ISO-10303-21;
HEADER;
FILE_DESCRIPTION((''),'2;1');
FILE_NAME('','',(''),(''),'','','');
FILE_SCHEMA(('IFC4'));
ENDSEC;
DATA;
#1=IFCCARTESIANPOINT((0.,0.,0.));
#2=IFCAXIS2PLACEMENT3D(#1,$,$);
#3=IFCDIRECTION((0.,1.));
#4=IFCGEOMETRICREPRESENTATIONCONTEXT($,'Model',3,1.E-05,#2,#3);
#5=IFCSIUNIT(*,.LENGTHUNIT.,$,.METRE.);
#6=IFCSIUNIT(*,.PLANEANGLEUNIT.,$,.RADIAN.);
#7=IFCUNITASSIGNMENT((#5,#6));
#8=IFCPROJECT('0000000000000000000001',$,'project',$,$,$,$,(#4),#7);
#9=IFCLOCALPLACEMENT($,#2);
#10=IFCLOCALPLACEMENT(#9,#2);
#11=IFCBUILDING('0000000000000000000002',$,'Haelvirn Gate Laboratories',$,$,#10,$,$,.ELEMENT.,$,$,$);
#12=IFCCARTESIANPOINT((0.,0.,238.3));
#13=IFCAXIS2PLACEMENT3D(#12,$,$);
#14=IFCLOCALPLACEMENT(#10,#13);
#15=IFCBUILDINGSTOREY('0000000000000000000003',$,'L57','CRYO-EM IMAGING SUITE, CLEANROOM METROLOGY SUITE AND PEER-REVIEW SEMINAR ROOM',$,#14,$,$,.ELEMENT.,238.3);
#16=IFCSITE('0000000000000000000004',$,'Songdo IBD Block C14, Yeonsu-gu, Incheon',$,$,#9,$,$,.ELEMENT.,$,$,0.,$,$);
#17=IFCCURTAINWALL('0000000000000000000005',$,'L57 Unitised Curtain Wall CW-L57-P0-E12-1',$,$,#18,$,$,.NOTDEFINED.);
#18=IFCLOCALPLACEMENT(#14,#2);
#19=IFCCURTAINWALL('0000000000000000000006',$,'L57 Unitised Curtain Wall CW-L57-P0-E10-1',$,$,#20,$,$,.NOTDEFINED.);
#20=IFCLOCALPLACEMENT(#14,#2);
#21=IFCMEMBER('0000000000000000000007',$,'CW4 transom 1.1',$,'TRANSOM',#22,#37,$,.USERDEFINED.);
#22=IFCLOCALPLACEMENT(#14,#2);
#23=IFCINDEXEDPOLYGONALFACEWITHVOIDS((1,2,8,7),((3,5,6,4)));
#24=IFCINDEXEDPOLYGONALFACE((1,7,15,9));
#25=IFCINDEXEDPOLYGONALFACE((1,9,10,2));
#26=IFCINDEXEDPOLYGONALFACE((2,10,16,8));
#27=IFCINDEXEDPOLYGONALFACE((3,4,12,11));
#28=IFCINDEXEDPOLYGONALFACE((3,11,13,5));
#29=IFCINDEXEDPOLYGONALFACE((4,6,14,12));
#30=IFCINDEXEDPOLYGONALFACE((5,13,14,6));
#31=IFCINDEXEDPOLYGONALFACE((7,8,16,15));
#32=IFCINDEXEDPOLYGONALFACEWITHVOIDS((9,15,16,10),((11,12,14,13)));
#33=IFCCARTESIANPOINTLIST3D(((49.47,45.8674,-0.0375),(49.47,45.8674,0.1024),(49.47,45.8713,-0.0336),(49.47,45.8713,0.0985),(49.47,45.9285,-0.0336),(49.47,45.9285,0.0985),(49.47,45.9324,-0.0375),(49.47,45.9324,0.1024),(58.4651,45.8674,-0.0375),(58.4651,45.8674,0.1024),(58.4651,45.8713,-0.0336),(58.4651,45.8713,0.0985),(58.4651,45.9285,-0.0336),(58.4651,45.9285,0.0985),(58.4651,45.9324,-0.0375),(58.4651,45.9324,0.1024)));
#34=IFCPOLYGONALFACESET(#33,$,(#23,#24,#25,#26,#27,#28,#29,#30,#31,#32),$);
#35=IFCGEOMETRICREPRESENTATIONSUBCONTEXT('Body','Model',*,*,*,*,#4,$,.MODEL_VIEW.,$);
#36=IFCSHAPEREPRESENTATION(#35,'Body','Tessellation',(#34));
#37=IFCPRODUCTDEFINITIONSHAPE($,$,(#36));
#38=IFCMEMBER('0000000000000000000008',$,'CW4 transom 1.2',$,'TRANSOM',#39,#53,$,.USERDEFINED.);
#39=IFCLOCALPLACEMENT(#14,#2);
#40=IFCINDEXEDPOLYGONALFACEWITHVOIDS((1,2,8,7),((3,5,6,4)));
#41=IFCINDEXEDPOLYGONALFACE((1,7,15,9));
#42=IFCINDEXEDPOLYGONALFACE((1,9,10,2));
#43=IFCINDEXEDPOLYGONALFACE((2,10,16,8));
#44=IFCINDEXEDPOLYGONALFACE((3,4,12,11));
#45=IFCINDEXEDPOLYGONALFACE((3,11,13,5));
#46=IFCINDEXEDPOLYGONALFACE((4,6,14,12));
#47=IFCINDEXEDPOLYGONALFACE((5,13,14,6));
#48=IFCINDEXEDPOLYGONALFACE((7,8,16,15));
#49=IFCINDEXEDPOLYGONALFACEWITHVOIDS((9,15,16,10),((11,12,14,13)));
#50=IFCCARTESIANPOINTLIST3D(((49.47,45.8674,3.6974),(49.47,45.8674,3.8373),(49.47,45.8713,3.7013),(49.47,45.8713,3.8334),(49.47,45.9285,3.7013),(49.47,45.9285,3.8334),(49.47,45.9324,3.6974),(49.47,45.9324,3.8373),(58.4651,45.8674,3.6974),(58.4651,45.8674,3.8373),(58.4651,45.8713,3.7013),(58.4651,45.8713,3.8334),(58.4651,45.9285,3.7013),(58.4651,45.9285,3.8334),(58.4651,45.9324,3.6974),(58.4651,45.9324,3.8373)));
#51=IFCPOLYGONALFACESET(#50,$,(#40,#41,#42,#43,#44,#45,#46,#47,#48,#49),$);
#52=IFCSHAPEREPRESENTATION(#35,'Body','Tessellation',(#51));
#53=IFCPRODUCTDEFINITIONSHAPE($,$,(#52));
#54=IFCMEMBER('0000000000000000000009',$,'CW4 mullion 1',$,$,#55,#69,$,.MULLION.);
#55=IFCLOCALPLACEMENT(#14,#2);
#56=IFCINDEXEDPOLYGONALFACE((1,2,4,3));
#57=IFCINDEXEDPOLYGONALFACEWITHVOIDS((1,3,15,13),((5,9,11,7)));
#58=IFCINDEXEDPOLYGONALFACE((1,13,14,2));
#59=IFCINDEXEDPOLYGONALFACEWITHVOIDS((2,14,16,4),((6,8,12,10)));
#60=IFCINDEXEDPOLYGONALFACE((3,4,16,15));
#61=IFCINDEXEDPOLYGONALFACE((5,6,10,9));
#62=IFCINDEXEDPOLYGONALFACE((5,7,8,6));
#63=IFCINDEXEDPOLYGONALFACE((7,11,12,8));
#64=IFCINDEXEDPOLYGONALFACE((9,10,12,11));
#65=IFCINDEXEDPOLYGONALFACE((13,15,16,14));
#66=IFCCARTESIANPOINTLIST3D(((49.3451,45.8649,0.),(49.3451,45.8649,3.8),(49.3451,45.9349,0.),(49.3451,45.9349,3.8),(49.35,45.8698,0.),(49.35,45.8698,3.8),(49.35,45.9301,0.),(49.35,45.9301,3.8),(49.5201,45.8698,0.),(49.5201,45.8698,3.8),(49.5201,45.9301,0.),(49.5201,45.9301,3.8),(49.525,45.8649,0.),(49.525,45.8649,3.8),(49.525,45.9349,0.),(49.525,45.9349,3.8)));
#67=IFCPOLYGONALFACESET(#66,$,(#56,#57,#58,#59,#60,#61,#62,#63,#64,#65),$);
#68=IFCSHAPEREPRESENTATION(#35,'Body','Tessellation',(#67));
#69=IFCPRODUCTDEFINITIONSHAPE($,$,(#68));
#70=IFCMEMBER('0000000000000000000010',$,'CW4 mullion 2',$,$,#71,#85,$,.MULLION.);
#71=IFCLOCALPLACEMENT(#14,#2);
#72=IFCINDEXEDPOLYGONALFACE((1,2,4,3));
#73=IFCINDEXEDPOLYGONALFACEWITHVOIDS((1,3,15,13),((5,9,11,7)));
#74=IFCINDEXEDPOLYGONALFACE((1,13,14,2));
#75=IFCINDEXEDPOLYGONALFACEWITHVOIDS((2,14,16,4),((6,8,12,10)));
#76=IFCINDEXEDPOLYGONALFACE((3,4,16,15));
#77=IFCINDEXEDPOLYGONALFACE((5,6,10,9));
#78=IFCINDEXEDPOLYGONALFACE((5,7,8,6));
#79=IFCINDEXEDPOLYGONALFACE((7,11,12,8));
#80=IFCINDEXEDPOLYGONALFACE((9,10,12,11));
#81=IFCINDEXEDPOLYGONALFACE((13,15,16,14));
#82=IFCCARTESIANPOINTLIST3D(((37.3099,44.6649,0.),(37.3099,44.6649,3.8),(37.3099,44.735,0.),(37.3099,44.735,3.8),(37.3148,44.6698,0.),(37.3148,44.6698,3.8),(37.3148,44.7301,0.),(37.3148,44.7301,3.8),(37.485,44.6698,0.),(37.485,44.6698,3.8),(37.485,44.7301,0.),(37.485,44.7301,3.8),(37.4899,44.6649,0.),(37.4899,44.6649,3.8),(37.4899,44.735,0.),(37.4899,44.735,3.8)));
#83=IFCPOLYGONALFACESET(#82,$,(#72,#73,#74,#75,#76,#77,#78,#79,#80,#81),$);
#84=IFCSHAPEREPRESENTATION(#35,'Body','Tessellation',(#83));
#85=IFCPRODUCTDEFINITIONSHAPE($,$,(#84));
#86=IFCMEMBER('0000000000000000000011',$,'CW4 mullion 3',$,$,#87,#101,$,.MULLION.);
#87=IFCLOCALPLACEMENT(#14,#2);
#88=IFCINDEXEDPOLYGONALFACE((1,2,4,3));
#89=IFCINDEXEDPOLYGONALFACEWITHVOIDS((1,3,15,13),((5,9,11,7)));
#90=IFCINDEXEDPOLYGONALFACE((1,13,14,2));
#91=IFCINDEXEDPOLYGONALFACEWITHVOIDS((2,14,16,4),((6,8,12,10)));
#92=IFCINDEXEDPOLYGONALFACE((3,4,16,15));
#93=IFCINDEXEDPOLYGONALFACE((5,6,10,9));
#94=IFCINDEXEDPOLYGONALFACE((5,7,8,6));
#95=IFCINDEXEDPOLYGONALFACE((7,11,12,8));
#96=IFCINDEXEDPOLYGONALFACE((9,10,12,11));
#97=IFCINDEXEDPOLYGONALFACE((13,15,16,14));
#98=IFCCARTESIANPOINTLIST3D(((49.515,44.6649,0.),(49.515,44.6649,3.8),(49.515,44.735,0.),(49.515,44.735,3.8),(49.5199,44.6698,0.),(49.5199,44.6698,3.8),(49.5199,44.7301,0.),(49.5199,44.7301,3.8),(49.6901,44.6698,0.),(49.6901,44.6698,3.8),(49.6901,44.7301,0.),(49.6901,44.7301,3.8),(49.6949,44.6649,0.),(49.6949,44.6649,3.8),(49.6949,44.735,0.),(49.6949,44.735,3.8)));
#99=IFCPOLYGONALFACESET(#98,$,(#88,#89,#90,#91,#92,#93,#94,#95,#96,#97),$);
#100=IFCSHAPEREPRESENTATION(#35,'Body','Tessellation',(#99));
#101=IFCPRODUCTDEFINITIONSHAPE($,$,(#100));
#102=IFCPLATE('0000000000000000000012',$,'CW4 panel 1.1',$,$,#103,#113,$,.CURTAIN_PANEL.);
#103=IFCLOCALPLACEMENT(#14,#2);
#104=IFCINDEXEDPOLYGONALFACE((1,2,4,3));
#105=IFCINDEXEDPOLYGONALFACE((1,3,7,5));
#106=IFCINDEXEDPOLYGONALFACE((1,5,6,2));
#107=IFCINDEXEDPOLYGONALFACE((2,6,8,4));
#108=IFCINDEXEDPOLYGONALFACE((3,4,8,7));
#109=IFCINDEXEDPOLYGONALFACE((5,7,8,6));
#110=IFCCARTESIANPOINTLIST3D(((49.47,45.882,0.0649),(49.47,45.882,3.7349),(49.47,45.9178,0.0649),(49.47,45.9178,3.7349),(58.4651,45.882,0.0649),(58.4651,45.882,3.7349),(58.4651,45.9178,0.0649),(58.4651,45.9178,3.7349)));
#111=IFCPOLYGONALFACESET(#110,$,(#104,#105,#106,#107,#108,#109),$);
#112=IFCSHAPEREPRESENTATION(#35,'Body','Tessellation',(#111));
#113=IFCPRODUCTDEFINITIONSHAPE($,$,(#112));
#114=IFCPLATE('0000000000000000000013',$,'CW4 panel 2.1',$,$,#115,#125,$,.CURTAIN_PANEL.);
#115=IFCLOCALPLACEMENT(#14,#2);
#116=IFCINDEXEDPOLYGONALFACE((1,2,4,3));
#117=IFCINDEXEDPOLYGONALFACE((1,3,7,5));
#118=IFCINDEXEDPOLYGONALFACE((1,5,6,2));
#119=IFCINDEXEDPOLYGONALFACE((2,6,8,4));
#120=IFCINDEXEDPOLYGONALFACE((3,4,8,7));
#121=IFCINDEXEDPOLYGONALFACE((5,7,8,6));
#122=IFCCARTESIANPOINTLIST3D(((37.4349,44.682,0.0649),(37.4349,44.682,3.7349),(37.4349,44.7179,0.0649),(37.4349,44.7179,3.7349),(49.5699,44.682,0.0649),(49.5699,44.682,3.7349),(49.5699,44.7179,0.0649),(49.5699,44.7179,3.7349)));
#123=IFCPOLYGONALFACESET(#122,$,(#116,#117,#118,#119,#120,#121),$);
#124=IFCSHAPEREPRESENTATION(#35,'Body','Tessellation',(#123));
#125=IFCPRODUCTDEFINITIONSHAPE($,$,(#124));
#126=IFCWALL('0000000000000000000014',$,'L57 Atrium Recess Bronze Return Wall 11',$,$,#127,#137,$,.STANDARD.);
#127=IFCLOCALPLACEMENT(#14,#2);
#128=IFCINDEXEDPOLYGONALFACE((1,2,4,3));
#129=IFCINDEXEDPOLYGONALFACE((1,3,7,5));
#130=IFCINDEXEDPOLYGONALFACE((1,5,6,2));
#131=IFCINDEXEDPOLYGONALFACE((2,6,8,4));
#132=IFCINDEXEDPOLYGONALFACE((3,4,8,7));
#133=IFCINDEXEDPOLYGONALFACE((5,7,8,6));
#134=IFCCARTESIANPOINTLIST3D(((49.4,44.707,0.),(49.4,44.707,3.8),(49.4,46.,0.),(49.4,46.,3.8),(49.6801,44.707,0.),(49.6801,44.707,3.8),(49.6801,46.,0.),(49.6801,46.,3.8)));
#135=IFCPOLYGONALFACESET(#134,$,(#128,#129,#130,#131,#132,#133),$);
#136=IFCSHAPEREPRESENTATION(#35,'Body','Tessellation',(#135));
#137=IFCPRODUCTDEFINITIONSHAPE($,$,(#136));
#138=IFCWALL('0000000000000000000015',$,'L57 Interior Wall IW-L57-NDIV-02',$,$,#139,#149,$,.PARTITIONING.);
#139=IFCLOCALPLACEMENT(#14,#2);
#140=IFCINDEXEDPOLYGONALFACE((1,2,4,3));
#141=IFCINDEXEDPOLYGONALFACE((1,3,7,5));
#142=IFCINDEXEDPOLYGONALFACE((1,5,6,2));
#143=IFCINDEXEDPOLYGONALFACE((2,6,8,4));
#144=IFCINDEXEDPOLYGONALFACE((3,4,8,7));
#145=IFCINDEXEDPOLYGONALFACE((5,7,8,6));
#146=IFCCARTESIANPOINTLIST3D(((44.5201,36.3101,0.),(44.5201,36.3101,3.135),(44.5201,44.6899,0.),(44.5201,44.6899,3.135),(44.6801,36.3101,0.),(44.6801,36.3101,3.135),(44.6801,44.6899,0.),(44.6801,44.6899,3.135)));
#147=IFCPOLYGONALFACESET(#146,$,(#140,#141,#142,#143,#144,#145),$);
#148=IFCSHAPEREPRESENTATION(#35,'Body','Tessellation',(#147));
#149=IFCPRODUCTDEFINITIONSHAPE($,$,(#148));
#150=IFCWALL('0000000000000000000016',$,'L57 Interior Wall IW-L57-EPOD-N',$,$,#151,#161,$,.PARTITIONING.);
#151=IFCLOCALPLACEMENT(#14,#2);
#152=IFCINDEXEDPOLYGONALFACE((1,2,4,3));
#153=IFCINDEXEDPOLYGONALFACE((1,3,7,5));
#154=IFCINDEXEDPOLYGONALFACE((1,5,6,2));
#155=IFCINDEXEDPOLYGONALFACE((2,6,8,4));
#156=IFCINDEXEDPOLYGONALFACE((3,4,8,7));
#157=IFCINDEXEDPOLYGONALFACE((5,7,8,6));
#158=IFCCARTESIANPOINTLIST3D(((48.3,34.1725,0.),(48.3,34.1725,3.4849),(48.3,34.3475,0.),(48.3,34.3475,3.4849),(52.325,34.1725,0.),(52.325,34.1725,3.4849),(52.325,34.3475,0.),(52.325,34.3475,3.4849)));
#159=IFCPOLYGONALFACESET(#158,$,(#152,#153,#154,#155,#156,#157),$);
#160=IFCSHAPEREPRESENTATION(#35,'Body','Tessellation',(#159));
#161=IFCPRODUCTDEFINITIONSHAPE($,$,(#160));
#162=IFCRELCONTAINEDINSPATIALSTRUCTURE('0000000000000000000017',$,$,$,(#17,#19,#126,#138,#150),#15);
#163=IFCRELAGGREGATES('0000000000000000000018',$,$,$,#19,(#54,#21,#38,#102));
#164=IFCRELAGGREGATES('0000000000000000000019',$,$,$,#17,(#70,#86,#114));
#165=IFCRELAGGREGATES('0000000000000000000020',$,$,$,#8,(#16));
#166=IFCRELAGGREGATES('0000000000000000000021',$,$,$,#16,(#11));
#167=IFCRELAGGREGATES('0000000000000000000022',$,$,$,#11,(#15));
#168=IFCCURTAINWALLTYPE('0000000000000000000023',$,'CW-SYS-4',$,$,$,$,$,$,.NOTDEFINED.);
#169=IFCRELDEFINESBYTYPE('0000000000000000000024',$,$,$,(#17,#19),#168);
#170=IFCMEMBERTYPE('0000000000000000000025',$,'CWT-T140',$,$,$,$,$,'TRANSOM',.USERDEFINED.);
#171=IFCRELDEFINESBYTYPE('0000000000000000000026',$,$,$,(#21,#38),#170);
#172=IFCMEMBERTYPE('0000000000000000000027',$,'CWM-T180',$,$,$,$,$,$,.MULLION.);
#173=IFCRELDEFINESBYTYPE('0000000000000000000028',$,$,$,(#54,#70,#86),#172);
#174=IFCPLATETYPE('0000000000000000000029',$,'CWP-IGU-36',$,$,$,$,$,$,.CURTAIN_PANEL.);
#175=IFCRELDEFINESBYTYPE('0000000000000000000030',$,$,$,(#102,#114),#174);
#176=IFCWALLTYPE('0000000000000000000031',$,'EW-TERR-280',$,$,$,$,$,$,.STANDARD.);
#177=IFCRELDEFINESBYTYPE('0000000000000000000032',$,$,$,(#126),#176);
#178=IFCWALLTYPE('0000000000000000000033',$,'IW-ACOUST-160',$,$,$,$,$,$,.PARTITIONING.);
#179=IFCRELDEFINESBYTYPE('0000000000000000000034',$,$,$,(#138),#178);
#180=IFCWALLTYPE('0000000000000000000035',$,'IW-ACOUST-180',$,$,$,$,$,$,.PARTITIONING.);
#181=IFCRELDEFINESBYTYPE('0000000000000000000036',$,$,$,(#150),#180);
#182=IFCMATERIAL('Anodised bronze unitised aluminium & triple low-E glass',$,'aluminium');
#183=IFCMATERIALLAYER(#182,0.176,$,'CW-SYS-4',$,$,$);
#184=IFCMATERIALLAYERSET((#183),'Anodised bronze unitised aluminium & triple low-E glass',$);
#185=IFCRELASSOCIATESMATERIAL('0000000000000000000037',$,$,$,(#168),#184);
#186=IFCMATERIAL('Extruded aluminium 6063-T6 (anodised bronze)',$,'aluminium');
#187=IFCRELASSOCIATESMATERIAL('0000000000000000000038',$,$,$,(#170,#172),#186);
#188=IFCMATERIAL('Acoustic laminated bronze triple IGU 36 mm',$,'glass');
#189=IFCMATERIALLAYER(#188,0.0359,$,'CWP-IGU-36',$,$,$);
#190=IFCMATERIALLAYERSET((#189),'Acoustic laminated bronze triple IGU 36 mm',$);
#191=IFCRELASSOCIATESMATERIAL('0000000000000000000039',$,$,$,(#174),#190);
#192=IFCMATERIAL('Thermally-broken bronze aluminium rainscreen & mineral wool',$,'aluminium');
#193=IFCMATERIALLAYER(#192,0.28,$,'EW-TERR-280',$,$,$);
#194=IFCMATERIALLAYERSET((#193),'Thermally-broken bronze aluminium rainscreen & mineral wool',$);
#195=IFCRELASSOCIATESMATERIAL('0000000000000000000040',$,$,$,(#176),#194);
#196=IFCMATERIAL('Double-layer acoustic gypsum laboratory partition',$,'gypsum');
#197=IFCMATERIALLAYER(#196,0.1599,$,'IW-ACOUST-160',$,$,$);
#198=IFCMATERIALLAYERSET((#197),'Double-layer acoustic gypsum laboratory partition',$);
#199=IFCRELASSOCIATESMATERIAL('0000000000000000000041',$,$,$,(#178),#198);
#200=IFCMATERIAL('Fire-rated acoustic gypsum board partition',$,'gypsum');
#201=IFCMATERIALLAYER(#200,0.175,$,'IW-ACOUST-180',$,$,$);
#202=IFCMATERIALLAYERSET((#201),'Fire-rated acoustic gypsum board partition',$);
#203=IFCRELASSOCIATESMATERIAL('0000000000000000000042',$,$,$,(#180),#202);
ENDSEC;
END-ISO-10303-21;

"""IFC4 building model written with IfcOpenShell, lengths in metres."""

from ifc_helpers import new_model, si_unit, direction, frame, frame_2d, origin, origin_2d, place, context, subcontext, project, spatial, rectangle, hollow_rectangle, extrude, source, transform, mapped, material, layer, layer_set, material_profile, profile_set, type_object, type_shapes, element, aggregate, save


model = new_model("IFC4")

# Units and contexts
model_context = context("Model", 3, precision=1e-05, world=origin(), true_north=direction((0.0, 1.0)))
body_context = subcontext(model_context, "Body", "Model", "MODEL_VIEW")
ifc_project = project(units=[si_unit("LENGTHUNIT", "METRE"), si_unit("PLANEANGLEUNIT", "RADIAN")], contexts=[model_context])

# Site, building, storey
site_placement = place(None, origin())
site = spatial("IfcSite", under=ifc_project, at=site_placement, Name="Songdo IBD Block C14, Yeonsu-gu, Incheon", CompositionType="ELEMENT", RefElevation=0.0)
building_placement = place(site_placement, origin())
building = spatial("IfcBuilding", under=site, at=building_placement, Name="Haelvirn Gate Laboratories", CompositionType="ELEMENT")
storey_placement = place(building_placement, frame((0.0, 0.0, 238.3)))
storey = spatial("IfcBuildingStorey", under=building, at=storey_placement, Name="L57", Description="CRYO-EM IMAGING SUITE, CLEANROOM METROLOGY SUITE AND PEER-REVIEW SEMINAR ROOM", CompositionType="ELEMENT", Elevation=238.3)

# Curtain walls, members
ifc_material_1 = material(Name="Anodised bronze unitised aluminium & triple low-E glass", Category="aluminium")
ifc_layer_1 = layer(ifc_material_1, 0.176, Name="CW-SYS-4")
ifc_layer_set_1 = layer_set([ifc_layer_1], Name="Anodised bronze unitised aluminium & triple low-E glass")
curtain_wall_type = type_object("IfcCurtainWallType", Name="CW-SYS-4", PredefinedType="NOTDEFINED", material=ifc_layer_set_1)
curtain_wall_1_placement = place(storey_placement, origin())
curtain_wall_1 = element("IfcCurtainWall", 1, at=curtain_wall_1_placement, inside=storey, type_object=curtain_wall_type, Name="L57 Unitised Curtain Wall CW-L57-P0-E12-1", PredefinedType="NOTDEFINED")
ifc_material_2 = material(Name="Extruded aluminium 6063-T6 (anodised bronze)", Category="aluminium")
ifc_material_profile_1 = material_profile(ifc_material_2, hollow_rectangle(XDim=0.0649, YDim=0.1399, WallThickness=0.0039, at=origin_2d()), Name="CWT-140x65x4")
ifc_profile_set_1 = profile_set([ifc_material_profile_1], Name="Extruded aluminium 6063-T6 (anodised bronze)")
member_type_1 = type_object("IfcMemberType", Name="CWT-T140", ElementType="TRANSOM", PredefinedType="USERDEFINED", material=ifc_profile_set_1)
curtain_wall_2_placement = place(storey_placement, origin())
curtain_wall_2 = element("IfcCurtainWall", 2, at=curtain_wall_2_placement, inside=storey, type_object=curtain_wall_type, Name="L57 Unitised Curtain Wall CW-L57-P0-E10-1", PredefinedType="NOTDEFINED")
shared_shape_1 = source(origin(), body_context, "Body", "SweptSolid", [
    extrude(hollow_rectangle(XDim=0.0649, YDim=0.1399, WallThickness=0.0039, at=origin_2d()), origin(), (0.0, 0.0, 1.0), 8.9951),
])
member_1_placement = place(storey_placement, frame((49.47, 45.8999, 0.0325), z_axis=(1.0, 0.0, 0.0), x_axis=(0.0, 1.0, 0.0)))
member_1 = element("IfcMember", 3, at=member_1_placement, type_object=member_type_1, Name="CW4 transom 1.1", ObjectType="TRANSOM", PredefinedType="USERDEFINED", context=body_context, shape_type="MappedRepresentation", body=[
    mapped(shared_shape_1, transform((0.0, 0.0, 0.0), scale=1.0)),
])
member_2_placement = place(storey_placement, frame((49.47, 45.8999, 3.7673), z_axis=(1.0, 0.0, 0.0), x_axis=(0.0, 1.0, 0.0)))
member_2 = element("IfcMember", 4, at=member_2_placement, type_object=member_type_1, Name="CW4 transom 1.2", ObjectType="TRANSOM", PredefinedType="USERDEFINED", context=body_context, shape_type="MappedRepresentation", body=[
    mapped(shared_shape_1, transform((0.0, 0.0, 0.0), scale=1.0)),
])
ifc_material_profile_2 = material_profile(ifc_material_2, hollow_rectangle(XDim=0.0701, YDim=0.1799, WallThickness=0.0049, at=origin_2d()), Name="CWM-180x70x5")
ifc_profile_set_2 = profile_set([ifc_material_profile_2], Name="Extruded aluminium 6063-T6 (anodised bronze)")
member_type_2 = type_object("IfcMemberType", Name="CWM-T180", PredefinedType="MULLION", material=ifc_profile_set_2)
shared_shape_2 = source(origin(), body_context, "Body", "SweptSolid", [
    extrude(hollow_rectangle(XDim=0.0701, YDim=0.1799, WallThickness=0.0049, at=origin_2d()), origin(), (0.0, 0.0, 1.0), 3.8),
])
type_shapes(member_type_2, [shared_shape_2])
member_3_placement = place(storey_placement, frame((49.4351, 45.8999, 0.0), z_axis=(0.0, 0.0, 1.0), x_axis=(0.0, 1.0, 0.0)))
member_3 = element("IfcMember", 5, at=member_3_placement, type_object=member_type_2, Name="CW4 mullion 1", PredefinedType="MULLION", context=body_context, shape_type="MappedRepresentation", body=[
    mapped(shared_shape_2, transform((0.0, 0.0, 0.0), scale=1.0)),
])

# Members
member_4_placement = place(storey_placement, frame((37.3999, 44.7, 0.0), z_axis=(0.0, 0.0, 1.0), x_axis=(0.0, 1.0, 0.0)))
member_4 = element("IfcMember", 6, at=member_4_placement, type_object=member_type_2, Name="CW4 mullion 2", PredefinedType="MULLION", context=body_context, shape_type="MappedRepresentation", body=[
    mapped(shared_shape_2, transform((0.0, 0.0, 0.0), scale=1.0)),
])
member_5_placement = place(storey_placement, frame((49.605, 44.7, 0.0), z_axis=(0.0, 0.0, 1.0), x_axis=(0.0, 1.0, 0.0)))
member_5 = element("IfcMember", 7, at=member_5_placement, type_object=member_type_2, Name="CW4 mullion 3", PredefinedType="MULLION", context=body_context, shape_type="MappedRepresentation", body=[
    mapped(shared_shape_2, transform((0.0, 0.0, 0.0), scale=1.0)),
])

# Plates
ifc_material_3 = material(Name="Acoustic laminated bronze triple IGU 36 mm", Category="glass")
ifc_layer_2 = layer(ifc_material_3, 0.0359, Name="CWP-IGU-36")
ifc_layer_set_2 = layer_set([ifc_layer_2], Name="Acoustic laminated bronze triple IGU 36 mm")
plate_type = type_object("IfcPlateType", Name="CWP-IGU-36", PredefinedType="CURTAIN_PANEL", material=ifc_layer_set_2)
shared_shape_3 = source(origin(), body_context, "Body", "SweptSolid", [
    extrude(rectangle(XDim=8.9951, YDim=0.0359, at=origin_2d()), origin(), (0.0, 0.0, 1.0), 3.6699),
])
plate_1_placement = place(storey_placement, frame((53.9675, 45.8999, 0.0649), z_axis=(0.0, 0.0, 1.0), x_axis=(1.0, 0.0, 0.0)))
plate_1 = element("IfcPlate", 8, at=plate_1_placement, type_object=plate_type, Name="CW4 panel 1.1", PredefinedType="CURTAIN_PANEL", context=body_context, shape_type="MappedRepresentation", body=[
    mapped(shared_shape_3, transform((0.0, 0.0, 0.0), scale=1.0)),
])
aggregate(curtain_wall_2, [member_3, member_1, member_2, plate_1])
shared_shape_4 = source(origin(), body_context, "Body", "SweptSolid", [
    extrude(rectangle(XDim=12.135, YDim=0.0359, at=origin_2d()), origin(), (0.0, 0.0, 1.0), 3.6699),
])
type_shapes(plate_type, [shared_shape_3, shared_shape_4])
plate_2_placement = place(storey_placement, frame((43.5024, 44.7, 0.0649), z_axis=(0.0, 0.0, 1.0), x_axis=(1.0, 0.0, 0.0)))
plate_2 = element("IfcPlate", 9, at=plate_2_placement, type_object=plate_type, Name="CW4 panel 2.1", PredefinedType="CURTAIN_PANEL", context=body_context, shape_type="MappedRepresentation", body=[
    mapped(shared_shape_4, transform((0.0, 0.0, 0.0), scale=1.0)),
])
aggregate(curtain_wall_1, [member_4, member_5, plate_2])

# Walls
ifc_material_4 = material(Name="Thermally-broken bronze aluminium rainscreen & mineral wool", Category="aluminium")
ifc_layer_3 = layer(ifc_material_4, 0.28, Name="EW-TERR-280")
ifc_layer_set_3 = layer_set([ifc_layer_3], Name="Thermally-broken bronze aluminium rainscreen & mineral wool")
wall_type_1 = type_object("IfcWallType", Name="EW-TERR-280", PredefinedType="STANDARD", material=ifc_layer_set_3)
wall_1_placement = place(storey_placement, frame((49.54, 46.0, 0.0), z_axis=(0.0, 0.0, 1.0), x_axis=(0.0, -1.0, 0.0)))
element("IfcWall", 10, at=wall_1_placement, inside=storey, type_object=wall_type_1, Name="L57 Atrium Recess Bronze Return Wall 11", PredefinedType="STANDARD", context=body_context, shape_type="SweptSolid", body=[
    extrude(rectangle(XDim=1.293, YDim=0.28, at=frame_2d((0.6465, 0.0))), origin(), (0.0, 0.0, 1.0), 3.8),
])
ifc_material_5 = material(Name="Double-layer acoustic gypsum laboratory partition", Category="gypsum")
ifc_layer_4 = layer(ifc_material_5, 0.1599, Name="IW-ACOUST-160")
ifc_layer_set_4 = layer_set([ifc_layer_4], Name="Double-layer acoustic gypsum laboratory partition")
wall_type_2 = type_object("IfcWallType", Name="IW-ACOUST-160", PredefinedType="PARTITIONING", material=ifc_layer_set_4)
wall_2_placement = place(storey_placement, frame((44.6001, 36.3101, 0.0), z_axis=(0.0, 0.0, 1.0), x_axis=(0.0, 1.0, 0.0)))
element("IfcWall", 11, at=wall_2_placement, inside=storey, type_object=wall_type_2, Name="L57 Interior Wall IW-L57-NDIV-02", PredefinedType="PARTITIONING", context=body_context, shape_type="SweptSolid", body=[
    extrude(rectangle(XDim=8.3799, YDim=0.1599, at=frame_2d((4.1899, 0.0))), origin(), (0.0, 0.0, 1.0), 3.135),
])
ifc_material_6 = material(Name="Fire-rated acoustic gypsum board partition", Category="gypsum")
ifc_layer_5 = layer(ifc_material_6, 0.175, Name="IW-ACOUST-180")
ifc_layer_set_5 = layer_set([ifc_layer_5], Name="Fire-rated acoustic gypsum board partition")
wall_type_3 = type_object("IfcWallType", Name="IW-ACOUST-180", PredefinedType="PARTITIONING", material=ifc_layer_set_5)
wall_3_placement = place(storey_placement, frame((48.3, 34.26, 0.0), z_axis=(0.0, 0.0, 1.0), x_axis=(1.0, 0.0, 0.0)))
element("IfcWall", 12, at=wall_3_placement, inside=storey, type_object=wall_type_3, Name="L57 Interior Wall IW-L57-EPOD-N", PredefinedType="PARTITIONING", context=body_context, shape_type="SweptSolid", body=[
    extrude(rectangle(XDim=4.0249, YDim=0.175, at=frame_2d((2.0125, 0.0))), origin(), (0.0, 0.0, 1.0), 3.4849),
])

save(model, "model.ifc")
